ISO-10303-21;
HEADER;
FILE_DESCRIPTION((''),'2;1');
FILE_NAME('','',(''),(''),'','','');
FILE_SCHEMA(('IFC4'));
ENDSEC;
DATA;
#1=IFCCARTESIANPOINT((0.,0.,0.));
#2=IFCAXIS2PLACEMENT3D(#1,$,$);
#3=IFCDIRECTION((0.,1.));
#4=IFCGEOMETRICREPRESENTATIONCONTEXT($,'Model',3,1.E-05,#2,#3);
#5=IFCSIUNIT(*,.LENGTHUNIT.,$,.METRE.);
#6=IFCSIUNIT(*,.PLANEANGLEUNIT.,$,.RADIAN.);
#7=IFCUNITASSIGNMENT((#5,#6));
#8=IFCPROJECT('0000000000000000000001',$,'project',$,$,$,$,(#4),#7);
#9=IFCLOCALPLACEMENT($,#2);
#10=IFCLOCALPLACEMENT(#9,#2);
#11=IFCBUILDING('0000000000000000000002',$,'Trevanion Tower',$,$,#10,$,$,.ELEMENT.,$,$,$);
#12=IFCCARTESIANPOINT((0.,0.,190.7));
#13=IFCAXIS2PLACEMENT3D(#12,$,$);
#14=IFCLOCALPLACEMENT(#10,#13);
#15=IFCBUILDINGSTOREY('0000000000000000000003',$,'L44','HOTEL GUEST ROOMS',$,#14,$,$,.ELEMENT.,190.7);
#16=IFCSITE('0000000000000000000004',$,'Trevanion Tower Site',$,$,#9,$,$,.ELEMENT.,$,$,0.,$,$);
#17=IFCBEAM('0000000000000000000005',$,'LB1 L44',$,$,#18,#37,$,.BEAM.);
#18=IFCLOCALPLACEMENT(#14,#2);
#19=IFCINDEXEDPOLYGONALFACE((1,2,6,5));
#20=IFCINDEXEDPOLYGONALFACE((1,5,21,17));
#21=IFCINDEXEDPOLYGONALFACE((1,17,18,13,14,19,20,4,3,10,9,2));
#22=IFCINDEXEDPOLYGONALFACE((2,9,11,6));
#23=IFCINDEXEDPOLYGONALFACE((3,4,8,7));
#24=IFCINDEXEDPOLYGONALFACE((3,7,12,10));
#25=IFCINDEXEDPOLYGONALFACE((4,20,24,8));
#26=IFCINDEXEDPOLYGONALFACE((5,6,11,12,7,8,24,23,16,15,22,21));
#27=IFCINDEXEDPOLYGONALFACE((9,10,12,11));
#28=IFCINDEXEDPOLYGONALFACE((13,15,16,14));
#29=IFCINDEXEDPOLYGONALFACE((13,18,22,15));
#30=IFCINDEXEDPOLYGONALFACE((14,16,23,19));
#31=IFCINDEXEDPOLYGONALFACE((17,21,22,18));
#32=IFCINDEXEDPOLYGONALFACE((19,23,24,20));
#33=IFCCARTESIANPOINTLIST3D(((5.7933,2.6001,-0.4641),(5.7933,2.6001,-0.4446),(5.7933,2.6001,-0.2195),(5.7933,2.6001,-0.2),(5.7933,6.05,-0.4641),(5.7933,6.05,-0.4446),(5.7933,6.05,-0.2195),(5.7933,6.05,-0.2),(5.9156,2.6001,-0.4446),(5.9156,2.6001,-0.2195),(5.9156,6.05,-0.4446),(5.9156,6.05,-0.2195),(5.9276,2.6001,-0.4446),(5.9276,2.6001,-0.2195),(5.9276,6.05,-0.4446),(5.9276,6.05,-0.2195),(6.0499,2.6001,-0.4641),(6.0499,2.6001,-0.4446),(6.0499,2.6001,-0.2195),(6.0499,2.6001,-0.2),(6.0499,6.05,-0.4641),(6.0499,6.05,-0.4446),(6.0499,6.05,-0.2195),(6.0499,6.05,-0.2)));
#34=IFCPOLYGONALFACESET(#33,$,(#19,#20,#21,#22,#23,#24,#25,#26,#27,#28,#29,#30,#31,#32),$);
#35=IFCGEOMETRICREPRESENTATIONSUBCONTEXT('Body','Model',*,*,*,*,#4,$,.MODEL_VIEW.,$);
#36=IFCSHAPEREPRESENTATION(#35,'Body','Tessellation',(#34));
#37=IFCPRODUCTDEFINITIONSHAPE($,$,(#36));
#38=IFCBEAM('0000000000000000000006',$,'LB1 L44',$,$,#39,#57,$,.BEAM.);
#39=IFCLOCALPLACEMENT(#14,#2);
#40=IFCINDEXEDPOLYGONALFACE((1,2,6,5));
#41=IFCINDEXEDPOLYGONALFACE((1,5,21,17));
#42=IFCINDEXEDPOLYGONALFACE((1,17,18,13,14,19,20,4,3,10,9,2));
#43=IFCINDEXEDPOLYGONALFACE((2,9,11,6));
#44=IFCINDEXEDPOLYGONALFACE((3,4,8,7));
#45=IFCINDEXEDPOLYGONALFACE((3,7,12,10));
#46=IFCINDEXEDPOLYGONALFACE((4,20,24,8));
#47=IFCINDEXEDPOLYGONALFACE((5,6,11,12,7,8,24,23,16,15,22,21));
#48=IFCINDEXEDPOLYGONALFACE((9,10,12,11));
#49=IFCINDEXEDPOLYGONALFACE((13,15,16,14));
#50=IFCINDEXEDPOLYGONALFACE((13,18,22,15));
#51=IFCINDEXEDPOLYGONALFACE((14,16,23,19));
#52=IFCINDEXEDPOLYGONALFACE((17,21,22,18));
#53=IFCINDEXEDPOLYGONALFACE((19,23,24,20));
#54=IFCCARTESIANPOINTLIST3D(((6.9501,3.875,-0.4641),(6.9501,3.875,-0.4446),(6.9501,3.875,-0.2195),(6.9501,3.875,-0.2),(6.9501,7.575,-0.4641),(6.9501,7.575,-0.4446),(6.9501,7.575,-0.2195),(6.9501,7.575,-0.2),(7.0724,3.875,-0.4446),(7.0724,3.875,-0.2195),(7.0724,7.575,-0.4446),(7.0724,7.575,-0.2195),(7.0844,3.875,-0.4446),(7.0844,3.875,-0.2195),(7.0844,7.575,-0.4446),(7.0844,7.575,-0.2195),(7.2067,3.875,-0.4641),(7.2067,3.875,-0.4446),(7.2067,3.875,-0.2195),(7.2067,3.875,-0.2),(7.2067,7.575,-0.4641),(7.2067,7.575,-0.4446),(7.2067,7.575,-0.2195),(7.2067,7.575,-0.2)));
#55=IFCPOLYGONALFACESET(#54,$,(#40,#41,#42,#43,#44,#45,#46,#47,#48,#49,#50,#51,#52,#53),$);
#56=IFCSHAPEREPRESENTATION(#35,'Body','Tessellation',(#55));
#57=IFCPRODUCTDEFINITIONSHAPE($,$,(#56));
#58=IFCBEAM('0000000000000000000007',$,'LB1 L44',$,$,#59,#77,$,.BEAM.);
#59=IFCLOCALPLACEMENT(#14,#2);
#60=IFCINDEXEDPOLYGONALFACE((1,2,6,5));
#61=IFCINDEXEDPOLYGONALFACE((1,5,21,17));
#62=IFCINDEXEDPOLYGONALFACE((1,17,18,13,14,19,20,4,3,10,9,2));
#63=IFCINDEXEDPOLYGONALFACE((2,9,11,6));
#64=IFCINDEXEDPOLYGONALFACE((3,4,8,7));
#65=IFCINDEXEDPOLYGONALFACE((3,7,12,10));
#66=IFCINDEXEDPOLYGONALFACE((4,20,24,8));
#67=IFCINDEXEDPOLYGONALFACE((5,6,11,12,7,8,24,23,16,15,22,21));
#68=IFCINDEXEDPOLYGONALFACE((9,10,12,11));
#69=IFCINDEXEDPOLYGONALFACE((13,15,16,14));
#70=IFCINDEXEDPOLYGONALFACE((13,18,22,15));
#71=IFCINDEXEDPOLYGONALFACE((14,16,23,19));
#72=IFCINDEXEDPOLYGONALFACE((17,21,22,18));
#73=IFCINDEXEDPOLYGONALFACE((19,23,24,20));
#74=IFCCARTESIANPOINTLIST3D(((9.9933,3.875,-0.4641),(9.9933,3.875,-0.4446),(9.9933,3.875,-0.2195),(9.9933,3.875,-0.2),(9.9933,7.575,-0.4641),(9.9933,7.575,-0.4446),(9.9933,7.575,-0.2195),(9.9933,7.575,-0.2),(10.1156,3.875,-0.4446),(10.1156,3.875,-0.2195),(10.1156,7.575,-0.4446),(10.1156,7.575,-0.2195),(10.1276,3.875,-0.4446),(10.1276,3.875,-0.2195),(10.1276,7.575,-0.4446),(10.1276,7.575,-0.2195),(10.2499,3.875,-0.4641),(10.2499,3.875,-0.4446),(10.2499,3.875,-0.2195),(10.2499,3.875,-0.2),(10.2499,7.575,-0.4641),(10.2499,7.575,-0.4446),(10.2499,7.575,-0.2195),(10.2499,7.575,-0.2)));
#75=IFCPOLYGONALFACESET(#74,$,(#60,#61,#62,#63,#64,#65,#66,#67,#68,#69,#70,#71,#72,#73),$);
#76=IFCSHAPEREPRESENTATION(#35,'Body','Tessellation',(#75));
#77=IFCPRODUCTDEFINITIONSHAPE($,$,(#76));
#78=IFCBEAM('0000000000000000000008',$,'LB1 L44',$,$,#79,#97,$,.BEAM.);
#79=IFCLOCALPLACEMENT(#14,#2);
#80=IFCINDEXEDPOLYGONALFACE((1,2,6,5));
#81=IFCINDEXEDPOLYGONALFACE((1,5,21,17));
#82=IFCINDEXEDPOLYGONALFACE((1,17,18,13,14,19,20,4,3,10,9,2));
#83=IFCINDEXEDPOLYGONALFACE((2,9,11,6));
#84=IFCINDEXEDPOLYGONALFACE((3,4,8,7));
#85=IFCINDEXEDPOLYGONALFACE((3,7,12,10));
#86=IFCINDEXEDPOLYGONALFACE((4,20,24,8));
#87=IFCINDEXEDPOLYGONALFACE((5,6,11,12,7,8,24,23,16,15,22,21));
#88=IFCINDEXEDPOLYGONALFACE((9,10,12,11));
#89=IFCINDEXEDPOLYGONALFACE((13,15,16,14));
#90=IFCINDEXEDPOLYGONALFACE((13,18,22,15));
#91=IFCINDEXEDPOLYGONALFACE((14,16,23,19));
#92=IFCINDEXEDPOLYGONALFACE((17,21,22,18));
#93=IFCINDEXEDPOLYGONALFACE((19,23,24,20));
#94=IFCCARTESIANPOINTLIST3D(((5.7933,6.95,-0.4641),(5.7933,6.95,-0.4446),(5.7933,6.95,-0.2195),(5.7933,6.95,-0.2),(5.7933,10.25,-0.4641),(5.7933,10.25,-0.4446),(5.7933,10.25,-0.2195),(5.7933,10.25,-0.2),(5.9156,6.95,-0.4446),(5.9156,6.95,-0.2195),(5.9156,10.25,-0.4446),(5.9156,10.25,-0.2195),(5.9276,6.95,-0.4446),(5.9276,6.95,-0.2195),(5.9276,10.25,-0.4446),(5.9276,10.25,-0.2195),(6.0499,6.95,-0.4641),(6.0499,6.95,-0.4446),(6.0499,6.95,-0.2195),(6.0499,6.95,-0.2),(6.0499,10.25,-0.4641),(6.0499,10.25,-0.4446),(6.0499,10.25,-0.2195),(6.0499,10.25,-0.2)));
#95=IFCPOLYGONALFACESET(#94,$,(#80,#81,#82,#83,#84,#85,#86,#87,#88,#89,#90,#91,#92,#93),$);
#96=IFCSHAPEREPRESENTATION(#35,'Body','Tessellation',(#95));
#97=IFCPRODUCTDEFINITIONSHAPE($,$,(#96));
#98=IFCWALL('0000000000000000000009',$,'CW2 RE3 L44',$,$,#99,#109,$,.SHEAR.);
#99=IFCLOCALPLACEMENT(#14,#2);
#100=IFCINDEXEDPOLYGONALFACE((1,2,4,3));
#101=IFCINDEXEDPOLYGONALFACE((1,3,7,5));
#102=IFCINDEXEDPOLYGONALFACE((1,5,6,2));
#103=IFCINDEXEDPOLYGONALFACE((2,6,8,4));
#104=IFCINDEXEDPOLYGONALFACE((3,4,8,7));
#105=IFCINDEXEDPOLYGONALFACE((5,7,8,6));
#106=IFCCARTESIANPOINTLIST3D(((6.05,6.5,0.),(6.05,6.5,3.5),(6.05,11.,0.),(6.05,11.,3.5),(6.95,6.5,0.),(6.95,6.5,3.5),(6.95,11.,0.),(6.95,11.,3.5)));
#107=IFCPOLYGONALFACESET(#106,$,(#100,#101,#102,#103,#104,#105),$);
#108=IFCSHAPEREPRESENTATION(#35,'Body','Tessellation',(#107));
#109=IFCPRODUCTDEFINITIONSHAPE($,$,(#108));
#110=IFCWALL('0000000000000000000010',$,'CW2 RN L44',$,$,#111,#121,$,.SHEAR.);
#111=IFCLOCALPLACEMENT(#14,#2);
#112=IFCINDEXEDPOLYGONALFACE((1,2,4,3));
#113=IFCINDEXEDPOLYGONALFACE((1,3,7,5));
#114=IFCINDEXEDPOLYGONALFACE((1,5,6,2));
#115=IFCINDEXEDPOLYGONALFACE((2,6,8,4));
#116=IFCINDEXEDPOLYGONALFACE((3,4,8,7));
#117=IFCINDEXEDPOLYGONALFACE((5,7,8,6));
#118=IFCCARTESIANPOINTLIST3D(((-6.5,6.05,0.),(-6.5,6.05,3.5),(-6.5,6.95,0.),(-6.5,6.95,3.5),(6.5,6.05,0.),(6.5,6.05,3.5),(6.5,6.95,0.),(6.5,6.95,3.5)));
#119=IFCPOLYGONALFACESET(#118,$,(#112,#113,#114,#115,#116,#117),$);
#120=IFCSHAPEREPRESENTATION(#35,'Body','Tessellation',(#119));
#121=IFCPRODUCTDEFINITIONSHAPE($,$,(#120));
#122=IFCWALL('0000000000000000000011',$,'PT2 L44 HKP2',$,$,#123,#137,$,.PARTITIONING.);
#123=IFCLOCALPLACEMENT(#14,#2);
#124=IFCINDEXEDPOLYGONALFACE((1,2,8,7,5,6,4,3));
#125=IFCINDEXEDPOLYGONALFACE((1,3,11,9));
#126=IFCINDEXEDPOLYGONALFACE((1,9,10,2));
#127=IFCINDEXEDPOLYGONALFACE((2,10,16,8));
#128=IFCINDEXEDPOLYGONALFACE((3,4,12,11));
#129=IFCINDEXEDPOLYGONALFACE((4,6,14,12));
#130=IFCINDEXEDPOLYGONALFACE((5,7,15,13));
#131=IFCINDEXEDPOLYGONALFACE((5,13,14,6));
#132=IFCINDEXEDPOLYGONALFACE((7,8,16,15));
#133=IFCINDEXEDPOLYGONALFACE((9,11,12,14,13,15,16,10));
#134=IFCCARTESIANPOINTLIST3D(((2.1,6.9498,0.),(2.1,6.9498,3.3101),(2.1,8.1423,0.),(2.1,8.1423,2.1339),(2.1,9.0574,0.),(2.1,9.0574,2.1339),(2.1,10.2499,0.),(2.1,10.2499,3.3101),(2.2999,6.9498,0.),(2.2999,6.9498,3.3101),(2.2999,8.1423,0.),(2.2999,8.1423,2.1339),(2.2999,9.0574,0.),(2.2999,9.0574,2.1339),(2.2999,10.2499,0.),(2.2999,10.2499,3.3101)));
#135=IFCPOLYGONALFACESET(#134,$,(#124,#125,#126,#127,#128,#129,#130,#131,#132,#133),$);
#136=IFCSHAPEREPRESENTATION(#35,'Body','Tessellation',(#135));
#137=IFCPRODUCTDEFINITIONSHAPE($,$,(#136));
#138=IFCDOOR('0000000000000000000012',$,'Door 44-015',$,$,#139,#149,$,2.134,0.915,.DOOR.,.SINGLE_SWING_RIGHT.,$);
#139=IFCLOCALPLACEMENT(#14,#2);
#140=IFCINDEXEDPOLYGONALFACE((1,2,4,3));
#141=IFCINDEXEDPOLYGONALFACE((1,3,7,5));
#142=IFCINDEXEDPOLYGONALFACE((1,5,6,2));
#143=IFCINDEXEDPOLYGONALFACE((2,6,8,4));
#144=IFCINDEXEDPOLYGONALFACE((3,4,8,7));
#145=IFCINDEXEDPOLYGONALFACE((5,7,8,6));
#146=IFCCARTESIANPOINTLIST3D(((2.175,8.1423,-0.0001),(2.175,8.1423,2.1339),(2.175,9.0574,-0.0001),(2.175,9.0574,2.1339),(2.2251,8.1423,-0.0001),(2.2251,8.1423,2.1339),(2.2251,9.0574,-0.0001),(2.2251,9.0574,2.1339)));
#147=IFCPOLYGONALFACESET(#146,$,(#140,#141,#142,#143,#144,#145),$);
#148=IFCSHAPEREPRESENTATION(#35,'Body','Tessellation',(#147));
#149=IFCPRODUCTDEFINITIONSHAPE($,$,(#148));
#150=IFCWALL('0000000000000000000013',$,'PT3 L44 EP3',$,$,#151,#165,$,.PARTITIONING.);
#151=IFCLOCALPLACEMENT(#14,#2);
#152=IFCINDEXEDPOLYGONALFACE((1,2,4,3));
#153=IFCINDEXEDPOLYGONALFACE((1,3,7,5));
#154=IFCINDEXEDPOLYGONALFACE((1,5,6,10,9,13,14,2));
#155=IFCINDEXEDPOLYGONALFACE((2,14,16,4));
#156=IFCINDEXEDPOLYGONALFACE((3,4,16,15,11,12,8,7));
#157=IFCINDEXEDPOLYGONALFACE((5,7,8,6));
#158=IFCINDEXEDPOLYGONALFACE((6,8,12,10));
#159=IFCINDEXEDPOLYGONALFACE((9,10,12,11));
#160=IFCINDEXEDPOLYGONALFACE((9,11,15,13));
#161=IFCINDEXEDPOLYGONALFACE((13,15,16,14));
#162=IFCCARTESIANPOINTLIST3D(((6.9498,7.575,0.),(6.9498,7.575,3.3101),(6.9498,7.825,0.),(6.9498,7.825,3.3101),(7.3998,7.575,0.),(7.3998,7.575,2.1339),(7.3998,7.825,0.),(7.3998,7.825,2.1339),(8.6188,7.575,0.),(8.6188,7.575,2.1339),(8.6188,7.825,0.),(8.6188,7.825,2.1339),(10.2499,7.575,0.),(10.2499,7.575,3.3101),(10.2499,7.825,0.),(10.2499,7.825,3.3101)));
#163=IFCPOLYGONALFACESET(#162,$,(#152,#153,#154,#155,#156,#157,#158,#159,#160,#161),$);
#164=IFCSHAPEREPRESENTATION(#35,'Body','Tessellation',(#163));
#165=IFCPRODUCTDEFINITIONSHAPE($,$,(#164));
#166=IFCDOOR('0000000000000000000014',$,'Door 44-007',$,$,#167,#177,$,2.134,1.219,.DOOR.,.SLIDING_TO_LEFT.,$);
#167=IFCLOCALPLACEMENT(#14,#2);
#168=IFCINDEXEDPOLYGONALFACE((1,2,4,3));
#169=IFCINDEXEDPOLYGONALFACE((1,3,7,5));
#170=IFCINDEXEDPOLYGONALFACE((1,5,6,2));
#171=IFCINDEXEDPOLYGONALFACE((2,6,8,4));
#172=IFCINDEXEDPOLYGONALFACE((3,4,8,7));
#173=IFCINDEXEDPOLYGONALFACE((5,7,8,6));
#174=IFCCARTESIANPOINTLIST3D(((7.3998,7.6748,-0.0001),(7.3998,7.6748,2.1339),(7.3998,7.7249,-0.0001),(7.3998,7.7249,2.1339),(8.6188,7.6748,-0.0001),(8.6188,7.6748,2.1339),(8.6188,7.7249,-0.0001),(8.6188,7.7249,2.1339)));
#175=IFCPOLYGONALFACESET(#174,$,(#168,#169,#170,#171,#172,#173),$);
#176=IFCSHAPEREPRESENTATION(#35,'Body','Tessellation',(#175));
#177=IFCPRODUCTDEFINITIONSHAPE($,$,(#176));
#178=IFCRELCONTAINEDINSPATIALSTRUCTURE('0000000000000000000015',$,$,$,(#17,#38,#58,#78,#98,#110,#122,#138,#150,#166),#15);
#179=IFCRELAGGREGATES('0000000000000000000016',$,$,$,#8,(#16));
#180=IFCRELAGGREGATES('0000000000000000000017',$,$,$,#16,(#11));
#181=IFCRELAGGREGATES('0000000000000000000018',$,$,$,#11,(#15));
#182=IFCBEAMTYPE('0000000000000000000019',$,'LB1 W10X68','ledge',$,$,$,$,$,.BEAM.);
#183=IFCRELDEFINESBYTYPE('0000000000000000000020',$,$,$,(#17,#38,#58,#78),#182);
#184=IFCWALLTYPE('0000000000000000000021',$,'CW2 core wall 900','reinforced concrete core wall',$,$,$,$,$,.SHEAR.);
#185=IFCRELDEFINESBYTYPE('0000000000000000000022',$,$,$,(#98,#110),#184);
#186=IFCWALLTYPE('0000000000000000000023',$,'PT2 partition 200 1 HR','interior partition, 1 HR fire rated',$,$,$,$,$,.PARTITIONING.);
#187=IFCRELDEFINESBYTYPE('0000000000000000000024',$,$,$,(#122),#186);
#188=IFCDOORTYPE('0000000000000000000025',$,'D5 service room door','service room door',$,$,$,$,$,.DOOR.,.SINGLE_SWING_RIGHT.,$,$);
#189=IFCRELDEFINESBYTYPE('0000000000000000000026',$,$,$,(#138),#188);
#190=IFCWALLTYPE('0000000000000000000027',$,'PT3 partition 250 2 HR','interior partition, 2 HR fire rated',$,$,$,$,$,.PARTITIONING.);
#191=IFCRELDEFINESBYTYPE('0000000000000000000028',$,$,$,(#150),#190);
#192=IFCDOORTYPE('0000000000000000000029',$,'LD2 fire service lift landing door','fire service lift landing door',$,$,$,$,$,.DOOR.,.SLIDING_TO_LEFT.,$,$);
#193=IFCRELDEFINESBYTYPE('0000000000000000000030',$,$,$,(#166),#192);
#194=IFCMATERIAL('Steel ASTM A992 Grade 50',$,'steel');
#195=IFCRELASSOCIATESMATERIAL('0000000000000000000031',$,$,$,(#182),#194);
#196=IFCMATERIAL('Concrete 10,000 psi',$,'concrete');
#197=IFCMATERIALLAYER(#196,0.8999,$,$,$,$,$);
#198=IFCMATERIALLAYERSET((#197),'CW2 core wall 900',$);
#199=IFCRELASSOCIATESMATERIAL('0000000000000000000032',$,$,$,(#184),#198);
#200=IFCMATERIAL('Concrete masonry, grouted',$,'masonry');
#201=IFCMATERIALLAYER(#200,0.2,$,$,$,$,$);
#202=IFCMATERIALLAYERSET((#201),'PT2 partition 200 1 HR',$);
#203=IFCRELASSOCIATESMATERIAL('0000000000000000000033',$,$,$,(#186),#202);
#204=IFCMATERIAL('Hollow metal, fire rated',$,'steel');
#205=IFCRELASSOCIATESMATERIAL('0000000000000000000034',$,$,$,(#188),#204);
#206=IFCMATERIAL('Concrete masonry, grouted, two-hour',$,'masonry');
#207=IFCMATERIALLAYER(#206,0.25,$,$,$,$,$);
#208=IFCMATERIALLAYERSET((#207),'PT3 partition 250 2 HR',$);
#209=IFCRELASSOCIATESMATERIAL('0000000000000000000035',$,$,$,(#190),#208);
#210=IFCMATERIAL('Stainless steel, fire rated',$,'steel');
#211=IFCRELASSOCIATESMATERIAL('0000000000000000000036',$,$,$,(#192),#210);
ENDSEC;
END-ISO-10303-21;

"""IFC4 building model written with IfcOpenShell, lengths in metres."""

from ifc_helpers import new_model, si_unit, direction, frame, frame_2d, origin, origin_2d, place, context, subcontext, project, spatial, rectangle, i_section, extrude, material, layer, layer_set, material_profile, profile_set, type_object, element, fill, save


model = new_model("IFC4")

# Units and contexts
model_context = context("Model", 3, precision=1e-05, world=origin(), true_north=direction((0.0, 1.0)))
body_context = subcontext(model_context, "Body", "Model", "MODEL_VIEW")
ifc_project = project(units=[si_unit("LENGTHUNIT", "METRE"), si_unit("PLANEANGLEUNIT", "RADIAN")], contexts=[model_context])

# Site, building, storey
site_placement = place(None, origin())
site = spatial("IfcSite", under=ifc_project, at=site_placement, Name="Trevanion Tower Site", CompositionType="ELEMENT", RefElevation=0.0)
building_placement = place(site_placement, origin())
building = spatial("IfcBuilding", under=site, at=building_placement, Name="Trevanion Tower", CompositionType="ELEMENT")
storey_placement = place(building_placement, frame((0.0, 0.0, 190.7)))
storey = spatial("IfcBuildingStorey", under=building, at=storey_placement, Name="L44", Description="HOTEL GUEST ROOMS", CompositionType="ELEMENT", Elevation=190.7)

# Beams
ifc_material_1 = material(Name="Steel ASTM A992 Grade 50", Category="steel")
ifc_material_profile = material_profile(ifc_material_1, i_section(OverallWidth=0.2566, OverallDepth=0.2642, WebThickness=0.012, FlangeThickness=0.0195, at=origin_2d()), Name="W10X68")
ifc_profile_set = profile_set([ifc_material_profile], Name="Steel ASTM A992 Grade 50")
beam_type = type_object("IfcBeamType", Name="LB1 W10X68", Description="ledge", PredefinedType="BEAM", material=ifc_profile_set)
beam_1_placement = place(storey_placement, frame((5.9216, 2.6001, -0.332), z_axis=(0.0, 1.0, 0.0), x_axis=(-1.0, 0.0, 0.0)))
element("IfcBeam", 1, at=beam_1_placement, inside=storey, type_object=beam_type, Name="LB1 L44", PredefinedType="BEAM", context=body_context, shape_type="SweptSolid", body=[
    extrude(i_section(OverallWidth=0.2566, OverallDepth=0.2642, WebThickness=0.012, FlangeThickness=0.0195, at=origin_2d()), origin(), (0.0, 0.0, 1.0), 3.45),
])
for number, where, z_axis, x_axis, name in (
    (2, (7.0784, 3.875, -0.332), (0.0, 1.0, 0.0), (-1.0, 0.0, 0.0), "LB1 L44"),
    (3, (10.1216, 3.875, -0.332), (0.0, 1.0, 0.0), (-1.0, 0.0, 0.0), "LB1 L44"),
):
    element("IfcBeam", number, at=place(storey_placement, frame(where, z_axis=z_axis, x_axis=x_axis)), inside=storey, type_object=beam_type, Name=name, PredefinedType="BEAM", context=body_context, shape_type="SweptSolid", body=[
        extrude(i_section(OverallWidth=0.2566, OverallDepth=0.2642, WebThickness=0.012, FlangeThickness=0.0195, at=origin_2d()), origin(), (0.0, 0.0, 1.0), 3.7),
    ])
beam_2_placement = place(storey_placement, frame((5.9216, 6.95, -0.332), z_axis=(0.0, 1.0, 0.0), x_axis=(-1.0, 0.0, 0.0)))
element("IfcBeam", 4, at=beam_2_placement, inside=storey, type_object=beam_type, Name="LB1 L44", PredefinedType="BEAM", context=body_context, shape_type="SweptSolid", body=[
    extrude(i_section(OverallWidth=0.2566, OverallDepth=0.2642, WebThickness=0.012, FlangeThickness=0.0195, at=origin_2d()), origin(), (0.0, 0.0, 1.0), 3.3),
])

# Walls
ifc_material_2 = material(Name="Concrete 10,000 psi", Category="concrete")
ifc_layer_1 = layer(ifc_material_2, 0.8999)
ifc_layer_set_1 = layer_set([ifc_layer_1], Name="CW2 core wall 900")
wall_type_1 = type_object("IfcWallType", Name="CW2 core wall 900", Description="reinforced concrete core wall", PredefinedType="SHEAR", material=ifc_layer_set_1)
wall_1_placement = place(storey_placement, frame((6.5, 6.5, 0.0), z_axis=(0.0, 0.0, 1.0), x_axis=(0.0, 1.0, 0.0)))
element("IfcWall", 5, at=wall_1_placement, inside=storey, type_object=wall_type_1, Name="CW2 RE3 L44", PredefinedType="SHEAR", context=body_context, shape_type="SweptSolid", body=[
    extrude(rectangle(XDim=4.5, YDim=0.8999, at=frame_2d((2.25, 0.0))), origin(), (0.0, 0.0, 1.0), 3.5),
])
wall_2_placement = place(storey_placement, frame((6.5, 6.5, 0.0), z_axis=(0.0, 0.0, 1.0), x_axis=(-1.0, 0.0, 0.0)))
element("IfcWall", 6, at=wall_2_placement, inside=storey, type_object=wall_type_1, Name="CW2 RN L44", PredefinedType="SHEAR", context=body_context, shape_type="SweptSolid", body=[
    extrude(rectangle(XDim=13.0, YDim=0.8999, at=frame_2d((6.5, 0.0))), origin(), (0.0, 0.0, 1.0), 3.5),
])

# Walls, openings, doors
ifc_material_3 = material(Name="Concrete masonry, grouted", Category="masonry")
ifc_layer_2 = layer(ifc_material_3, 0.2)
ifc_layer_set_2 = layer_set([ifc_layer_2], Name="PT2 partition 200 1 HR")
wall_type_2 = type_object("IfcWallType", Name="PT2 partition 200 1 HR", Description="interior partition, 1 HR fire rated", PredefinedType="PARTITIONING", material=ifc_layer_set_2)
wall_3_placement = place(storey_placement, frame((2.2, 6.95, 0.0), z_axis=(0.0, 0.0, 1.0), x_axis=(0.0, 1.0, 0.0)))
wall_3 = element("IfcWall", 7, at=wall_3_placement, inside=storey, type_object=wall_type_2, Name="PT2 L44 HKP2", PredefinedType="PARTITIONING", context=body_context, shape_type="SweptSolid", body=[
    extrude(rectangle(XDim=3.3, YDim=0.2, at=frame_2d((1.6499, 0.0))), origin(), (0.0, 0.0, 1.0), 3.3101),
])
opening_1_placement = place(wall_3_placement, frame((1.1924, 0.0, 0.0)))
opening_1 = element("IfcOpeningElement", 8, at=opening_1_placement, cuts=wall_3, PredefinedType="OPENING", context=body_context, shape_type="SweptSolid", body=[
    extrude(rectangle(XDim=0.915, YDim=2.134, at=frame_2d((0.4575, 1.0669))), frame((0.0, 0.1099, 0.0), z_axis=(0.0, -1.0, 0.0), x_axis=(1.0, 0.0, 0.0)), (0.0, 0.0, 1.0), 0.22),
])
ifc_material_4 = material(Name="Hollow metal, fire rated", Category="steel")
door_type_1 = type_object("IfcDoorType", Name="D5 service room door", Description="service room door", OperationType="SINGLE_SWING_RIGHT", PredefinedType="DOOR", material=ifc_material_4)
door_1_placement = place(opening_1_placement, origin())
door_1 = element("IfcDoor", 9, at=door_1_placement, inside=storey, type_object=door_type_1, Name="Door 44-015", OperationType="SINGLE_SWING_RIGHT", OverallHeight=2.134, OverallWidth=0.915, PredefinedType="DOOR", context=body_context, shape_type="SweptSolid", body=[
    extrude(rectangle(XDim=0.915, YDim=2.134, at=frame_2d((0.4575, 1.0669))), frame((0.0, 0.0249, 0.0), z_axis=(0.0, -1.0, 0.0), x_axis=(1.0, 0.0, 0.0)), (0.0, 0.0, 1.0), 0.05),
])
fill(opening_1, door_1)
ifc_material_5 = material(Name="Concrete masonry, grouted, two-hour", Category="masonry")
ifc_layer_3 = layer(ifc_material_5, 0.25)
ifc_layer_set_3 = layer_set([ifc_layer_3], Name="PT3 partition 250 2 HR")
wall_type_3 = type_object("IfcWallType", Name="PT3 partition 250 2 HR", Description="interior partition, 2 HR fire rated", PredefinedType="PARTITIONING", material=ifc_layer_set_3)
wall_4_placement = place(storey_placement, frame((6.95, 7.7, 0.0), z_axis=(0.0, 0.0, 1.0), x_axis=(1.0, 0.0, 0.0)))
wall_4 = element("IfcWall", 10, at=wall_4_placement, inside=storey, type_object=wall_type_3, Name="PT3 L44 EP3", PredefinedType="PARTITIONING", context=body_context, shape_type="SweptSolid", body=[
    extrude(rectangle(XDim=3.3, YDim=0.25, at=frame_2d((1.6499, 0.0))), origin(), (0.0, 0.0, 1.0), 3.3101),
])
opening_2_placement = place(wall_4_placement, frame((0.45, 0.0, 0.0)))
opening_2 = element("IfcOpeningElement", 11, at=opening_2_placement, cuts=wall_4, PredefinedType="OPENING", context=body_context, shape_type="SweptSolid", body=[
    extrude(rectangle(XDim=1.219, YDim=2.134, at=frame_2d((0.6094, 1.0669))), frame((0.0, 0.135, 0.0), z_axis=(0.0, -1.0, 0.0), x_axis=(1.0, 0.0, 0.0)), (0.0, 0.0, 1.0), 0.27),
])
ifc_material_6 = material(Name="Stainless steel, fire rated", Category="steel")
door_type_2 = type_object("IfcDoorType", Name="LD2 fire service lift landing door", Description="fire service lift landing door", OperationType="SLIDING_TO_LEFT", PredefinedType="DOOR", material=ifc_material_6)
door_2_placement = place(opening_2_placement, origin())
door_2 = element("IfcDoor", 12, at=door_2_placement, inside=storey, type_object=door_type_2, Name="Door 44-007", OperationType="SLIDING_TO_LEFT", OverallHeight=2.134, OverallWidth=1.219, PredefinedType="DOOR", context=body_context, shape_type="SweptSolid", body=[
    extrude(rectangle(XDim=1.219, YDim=2.134, at=frame_2d((0.6094, 1.0669))), frame((0.0, 0.0249, 0.0), z_axis=(0.0, -1.0, 0.0), x_axis=(1.0, 0.0, 0.0)), (0.0, 0.0, 1.0), 0.05),
])
fill(opening_2, door_2)

save(model, "model.ifc")
